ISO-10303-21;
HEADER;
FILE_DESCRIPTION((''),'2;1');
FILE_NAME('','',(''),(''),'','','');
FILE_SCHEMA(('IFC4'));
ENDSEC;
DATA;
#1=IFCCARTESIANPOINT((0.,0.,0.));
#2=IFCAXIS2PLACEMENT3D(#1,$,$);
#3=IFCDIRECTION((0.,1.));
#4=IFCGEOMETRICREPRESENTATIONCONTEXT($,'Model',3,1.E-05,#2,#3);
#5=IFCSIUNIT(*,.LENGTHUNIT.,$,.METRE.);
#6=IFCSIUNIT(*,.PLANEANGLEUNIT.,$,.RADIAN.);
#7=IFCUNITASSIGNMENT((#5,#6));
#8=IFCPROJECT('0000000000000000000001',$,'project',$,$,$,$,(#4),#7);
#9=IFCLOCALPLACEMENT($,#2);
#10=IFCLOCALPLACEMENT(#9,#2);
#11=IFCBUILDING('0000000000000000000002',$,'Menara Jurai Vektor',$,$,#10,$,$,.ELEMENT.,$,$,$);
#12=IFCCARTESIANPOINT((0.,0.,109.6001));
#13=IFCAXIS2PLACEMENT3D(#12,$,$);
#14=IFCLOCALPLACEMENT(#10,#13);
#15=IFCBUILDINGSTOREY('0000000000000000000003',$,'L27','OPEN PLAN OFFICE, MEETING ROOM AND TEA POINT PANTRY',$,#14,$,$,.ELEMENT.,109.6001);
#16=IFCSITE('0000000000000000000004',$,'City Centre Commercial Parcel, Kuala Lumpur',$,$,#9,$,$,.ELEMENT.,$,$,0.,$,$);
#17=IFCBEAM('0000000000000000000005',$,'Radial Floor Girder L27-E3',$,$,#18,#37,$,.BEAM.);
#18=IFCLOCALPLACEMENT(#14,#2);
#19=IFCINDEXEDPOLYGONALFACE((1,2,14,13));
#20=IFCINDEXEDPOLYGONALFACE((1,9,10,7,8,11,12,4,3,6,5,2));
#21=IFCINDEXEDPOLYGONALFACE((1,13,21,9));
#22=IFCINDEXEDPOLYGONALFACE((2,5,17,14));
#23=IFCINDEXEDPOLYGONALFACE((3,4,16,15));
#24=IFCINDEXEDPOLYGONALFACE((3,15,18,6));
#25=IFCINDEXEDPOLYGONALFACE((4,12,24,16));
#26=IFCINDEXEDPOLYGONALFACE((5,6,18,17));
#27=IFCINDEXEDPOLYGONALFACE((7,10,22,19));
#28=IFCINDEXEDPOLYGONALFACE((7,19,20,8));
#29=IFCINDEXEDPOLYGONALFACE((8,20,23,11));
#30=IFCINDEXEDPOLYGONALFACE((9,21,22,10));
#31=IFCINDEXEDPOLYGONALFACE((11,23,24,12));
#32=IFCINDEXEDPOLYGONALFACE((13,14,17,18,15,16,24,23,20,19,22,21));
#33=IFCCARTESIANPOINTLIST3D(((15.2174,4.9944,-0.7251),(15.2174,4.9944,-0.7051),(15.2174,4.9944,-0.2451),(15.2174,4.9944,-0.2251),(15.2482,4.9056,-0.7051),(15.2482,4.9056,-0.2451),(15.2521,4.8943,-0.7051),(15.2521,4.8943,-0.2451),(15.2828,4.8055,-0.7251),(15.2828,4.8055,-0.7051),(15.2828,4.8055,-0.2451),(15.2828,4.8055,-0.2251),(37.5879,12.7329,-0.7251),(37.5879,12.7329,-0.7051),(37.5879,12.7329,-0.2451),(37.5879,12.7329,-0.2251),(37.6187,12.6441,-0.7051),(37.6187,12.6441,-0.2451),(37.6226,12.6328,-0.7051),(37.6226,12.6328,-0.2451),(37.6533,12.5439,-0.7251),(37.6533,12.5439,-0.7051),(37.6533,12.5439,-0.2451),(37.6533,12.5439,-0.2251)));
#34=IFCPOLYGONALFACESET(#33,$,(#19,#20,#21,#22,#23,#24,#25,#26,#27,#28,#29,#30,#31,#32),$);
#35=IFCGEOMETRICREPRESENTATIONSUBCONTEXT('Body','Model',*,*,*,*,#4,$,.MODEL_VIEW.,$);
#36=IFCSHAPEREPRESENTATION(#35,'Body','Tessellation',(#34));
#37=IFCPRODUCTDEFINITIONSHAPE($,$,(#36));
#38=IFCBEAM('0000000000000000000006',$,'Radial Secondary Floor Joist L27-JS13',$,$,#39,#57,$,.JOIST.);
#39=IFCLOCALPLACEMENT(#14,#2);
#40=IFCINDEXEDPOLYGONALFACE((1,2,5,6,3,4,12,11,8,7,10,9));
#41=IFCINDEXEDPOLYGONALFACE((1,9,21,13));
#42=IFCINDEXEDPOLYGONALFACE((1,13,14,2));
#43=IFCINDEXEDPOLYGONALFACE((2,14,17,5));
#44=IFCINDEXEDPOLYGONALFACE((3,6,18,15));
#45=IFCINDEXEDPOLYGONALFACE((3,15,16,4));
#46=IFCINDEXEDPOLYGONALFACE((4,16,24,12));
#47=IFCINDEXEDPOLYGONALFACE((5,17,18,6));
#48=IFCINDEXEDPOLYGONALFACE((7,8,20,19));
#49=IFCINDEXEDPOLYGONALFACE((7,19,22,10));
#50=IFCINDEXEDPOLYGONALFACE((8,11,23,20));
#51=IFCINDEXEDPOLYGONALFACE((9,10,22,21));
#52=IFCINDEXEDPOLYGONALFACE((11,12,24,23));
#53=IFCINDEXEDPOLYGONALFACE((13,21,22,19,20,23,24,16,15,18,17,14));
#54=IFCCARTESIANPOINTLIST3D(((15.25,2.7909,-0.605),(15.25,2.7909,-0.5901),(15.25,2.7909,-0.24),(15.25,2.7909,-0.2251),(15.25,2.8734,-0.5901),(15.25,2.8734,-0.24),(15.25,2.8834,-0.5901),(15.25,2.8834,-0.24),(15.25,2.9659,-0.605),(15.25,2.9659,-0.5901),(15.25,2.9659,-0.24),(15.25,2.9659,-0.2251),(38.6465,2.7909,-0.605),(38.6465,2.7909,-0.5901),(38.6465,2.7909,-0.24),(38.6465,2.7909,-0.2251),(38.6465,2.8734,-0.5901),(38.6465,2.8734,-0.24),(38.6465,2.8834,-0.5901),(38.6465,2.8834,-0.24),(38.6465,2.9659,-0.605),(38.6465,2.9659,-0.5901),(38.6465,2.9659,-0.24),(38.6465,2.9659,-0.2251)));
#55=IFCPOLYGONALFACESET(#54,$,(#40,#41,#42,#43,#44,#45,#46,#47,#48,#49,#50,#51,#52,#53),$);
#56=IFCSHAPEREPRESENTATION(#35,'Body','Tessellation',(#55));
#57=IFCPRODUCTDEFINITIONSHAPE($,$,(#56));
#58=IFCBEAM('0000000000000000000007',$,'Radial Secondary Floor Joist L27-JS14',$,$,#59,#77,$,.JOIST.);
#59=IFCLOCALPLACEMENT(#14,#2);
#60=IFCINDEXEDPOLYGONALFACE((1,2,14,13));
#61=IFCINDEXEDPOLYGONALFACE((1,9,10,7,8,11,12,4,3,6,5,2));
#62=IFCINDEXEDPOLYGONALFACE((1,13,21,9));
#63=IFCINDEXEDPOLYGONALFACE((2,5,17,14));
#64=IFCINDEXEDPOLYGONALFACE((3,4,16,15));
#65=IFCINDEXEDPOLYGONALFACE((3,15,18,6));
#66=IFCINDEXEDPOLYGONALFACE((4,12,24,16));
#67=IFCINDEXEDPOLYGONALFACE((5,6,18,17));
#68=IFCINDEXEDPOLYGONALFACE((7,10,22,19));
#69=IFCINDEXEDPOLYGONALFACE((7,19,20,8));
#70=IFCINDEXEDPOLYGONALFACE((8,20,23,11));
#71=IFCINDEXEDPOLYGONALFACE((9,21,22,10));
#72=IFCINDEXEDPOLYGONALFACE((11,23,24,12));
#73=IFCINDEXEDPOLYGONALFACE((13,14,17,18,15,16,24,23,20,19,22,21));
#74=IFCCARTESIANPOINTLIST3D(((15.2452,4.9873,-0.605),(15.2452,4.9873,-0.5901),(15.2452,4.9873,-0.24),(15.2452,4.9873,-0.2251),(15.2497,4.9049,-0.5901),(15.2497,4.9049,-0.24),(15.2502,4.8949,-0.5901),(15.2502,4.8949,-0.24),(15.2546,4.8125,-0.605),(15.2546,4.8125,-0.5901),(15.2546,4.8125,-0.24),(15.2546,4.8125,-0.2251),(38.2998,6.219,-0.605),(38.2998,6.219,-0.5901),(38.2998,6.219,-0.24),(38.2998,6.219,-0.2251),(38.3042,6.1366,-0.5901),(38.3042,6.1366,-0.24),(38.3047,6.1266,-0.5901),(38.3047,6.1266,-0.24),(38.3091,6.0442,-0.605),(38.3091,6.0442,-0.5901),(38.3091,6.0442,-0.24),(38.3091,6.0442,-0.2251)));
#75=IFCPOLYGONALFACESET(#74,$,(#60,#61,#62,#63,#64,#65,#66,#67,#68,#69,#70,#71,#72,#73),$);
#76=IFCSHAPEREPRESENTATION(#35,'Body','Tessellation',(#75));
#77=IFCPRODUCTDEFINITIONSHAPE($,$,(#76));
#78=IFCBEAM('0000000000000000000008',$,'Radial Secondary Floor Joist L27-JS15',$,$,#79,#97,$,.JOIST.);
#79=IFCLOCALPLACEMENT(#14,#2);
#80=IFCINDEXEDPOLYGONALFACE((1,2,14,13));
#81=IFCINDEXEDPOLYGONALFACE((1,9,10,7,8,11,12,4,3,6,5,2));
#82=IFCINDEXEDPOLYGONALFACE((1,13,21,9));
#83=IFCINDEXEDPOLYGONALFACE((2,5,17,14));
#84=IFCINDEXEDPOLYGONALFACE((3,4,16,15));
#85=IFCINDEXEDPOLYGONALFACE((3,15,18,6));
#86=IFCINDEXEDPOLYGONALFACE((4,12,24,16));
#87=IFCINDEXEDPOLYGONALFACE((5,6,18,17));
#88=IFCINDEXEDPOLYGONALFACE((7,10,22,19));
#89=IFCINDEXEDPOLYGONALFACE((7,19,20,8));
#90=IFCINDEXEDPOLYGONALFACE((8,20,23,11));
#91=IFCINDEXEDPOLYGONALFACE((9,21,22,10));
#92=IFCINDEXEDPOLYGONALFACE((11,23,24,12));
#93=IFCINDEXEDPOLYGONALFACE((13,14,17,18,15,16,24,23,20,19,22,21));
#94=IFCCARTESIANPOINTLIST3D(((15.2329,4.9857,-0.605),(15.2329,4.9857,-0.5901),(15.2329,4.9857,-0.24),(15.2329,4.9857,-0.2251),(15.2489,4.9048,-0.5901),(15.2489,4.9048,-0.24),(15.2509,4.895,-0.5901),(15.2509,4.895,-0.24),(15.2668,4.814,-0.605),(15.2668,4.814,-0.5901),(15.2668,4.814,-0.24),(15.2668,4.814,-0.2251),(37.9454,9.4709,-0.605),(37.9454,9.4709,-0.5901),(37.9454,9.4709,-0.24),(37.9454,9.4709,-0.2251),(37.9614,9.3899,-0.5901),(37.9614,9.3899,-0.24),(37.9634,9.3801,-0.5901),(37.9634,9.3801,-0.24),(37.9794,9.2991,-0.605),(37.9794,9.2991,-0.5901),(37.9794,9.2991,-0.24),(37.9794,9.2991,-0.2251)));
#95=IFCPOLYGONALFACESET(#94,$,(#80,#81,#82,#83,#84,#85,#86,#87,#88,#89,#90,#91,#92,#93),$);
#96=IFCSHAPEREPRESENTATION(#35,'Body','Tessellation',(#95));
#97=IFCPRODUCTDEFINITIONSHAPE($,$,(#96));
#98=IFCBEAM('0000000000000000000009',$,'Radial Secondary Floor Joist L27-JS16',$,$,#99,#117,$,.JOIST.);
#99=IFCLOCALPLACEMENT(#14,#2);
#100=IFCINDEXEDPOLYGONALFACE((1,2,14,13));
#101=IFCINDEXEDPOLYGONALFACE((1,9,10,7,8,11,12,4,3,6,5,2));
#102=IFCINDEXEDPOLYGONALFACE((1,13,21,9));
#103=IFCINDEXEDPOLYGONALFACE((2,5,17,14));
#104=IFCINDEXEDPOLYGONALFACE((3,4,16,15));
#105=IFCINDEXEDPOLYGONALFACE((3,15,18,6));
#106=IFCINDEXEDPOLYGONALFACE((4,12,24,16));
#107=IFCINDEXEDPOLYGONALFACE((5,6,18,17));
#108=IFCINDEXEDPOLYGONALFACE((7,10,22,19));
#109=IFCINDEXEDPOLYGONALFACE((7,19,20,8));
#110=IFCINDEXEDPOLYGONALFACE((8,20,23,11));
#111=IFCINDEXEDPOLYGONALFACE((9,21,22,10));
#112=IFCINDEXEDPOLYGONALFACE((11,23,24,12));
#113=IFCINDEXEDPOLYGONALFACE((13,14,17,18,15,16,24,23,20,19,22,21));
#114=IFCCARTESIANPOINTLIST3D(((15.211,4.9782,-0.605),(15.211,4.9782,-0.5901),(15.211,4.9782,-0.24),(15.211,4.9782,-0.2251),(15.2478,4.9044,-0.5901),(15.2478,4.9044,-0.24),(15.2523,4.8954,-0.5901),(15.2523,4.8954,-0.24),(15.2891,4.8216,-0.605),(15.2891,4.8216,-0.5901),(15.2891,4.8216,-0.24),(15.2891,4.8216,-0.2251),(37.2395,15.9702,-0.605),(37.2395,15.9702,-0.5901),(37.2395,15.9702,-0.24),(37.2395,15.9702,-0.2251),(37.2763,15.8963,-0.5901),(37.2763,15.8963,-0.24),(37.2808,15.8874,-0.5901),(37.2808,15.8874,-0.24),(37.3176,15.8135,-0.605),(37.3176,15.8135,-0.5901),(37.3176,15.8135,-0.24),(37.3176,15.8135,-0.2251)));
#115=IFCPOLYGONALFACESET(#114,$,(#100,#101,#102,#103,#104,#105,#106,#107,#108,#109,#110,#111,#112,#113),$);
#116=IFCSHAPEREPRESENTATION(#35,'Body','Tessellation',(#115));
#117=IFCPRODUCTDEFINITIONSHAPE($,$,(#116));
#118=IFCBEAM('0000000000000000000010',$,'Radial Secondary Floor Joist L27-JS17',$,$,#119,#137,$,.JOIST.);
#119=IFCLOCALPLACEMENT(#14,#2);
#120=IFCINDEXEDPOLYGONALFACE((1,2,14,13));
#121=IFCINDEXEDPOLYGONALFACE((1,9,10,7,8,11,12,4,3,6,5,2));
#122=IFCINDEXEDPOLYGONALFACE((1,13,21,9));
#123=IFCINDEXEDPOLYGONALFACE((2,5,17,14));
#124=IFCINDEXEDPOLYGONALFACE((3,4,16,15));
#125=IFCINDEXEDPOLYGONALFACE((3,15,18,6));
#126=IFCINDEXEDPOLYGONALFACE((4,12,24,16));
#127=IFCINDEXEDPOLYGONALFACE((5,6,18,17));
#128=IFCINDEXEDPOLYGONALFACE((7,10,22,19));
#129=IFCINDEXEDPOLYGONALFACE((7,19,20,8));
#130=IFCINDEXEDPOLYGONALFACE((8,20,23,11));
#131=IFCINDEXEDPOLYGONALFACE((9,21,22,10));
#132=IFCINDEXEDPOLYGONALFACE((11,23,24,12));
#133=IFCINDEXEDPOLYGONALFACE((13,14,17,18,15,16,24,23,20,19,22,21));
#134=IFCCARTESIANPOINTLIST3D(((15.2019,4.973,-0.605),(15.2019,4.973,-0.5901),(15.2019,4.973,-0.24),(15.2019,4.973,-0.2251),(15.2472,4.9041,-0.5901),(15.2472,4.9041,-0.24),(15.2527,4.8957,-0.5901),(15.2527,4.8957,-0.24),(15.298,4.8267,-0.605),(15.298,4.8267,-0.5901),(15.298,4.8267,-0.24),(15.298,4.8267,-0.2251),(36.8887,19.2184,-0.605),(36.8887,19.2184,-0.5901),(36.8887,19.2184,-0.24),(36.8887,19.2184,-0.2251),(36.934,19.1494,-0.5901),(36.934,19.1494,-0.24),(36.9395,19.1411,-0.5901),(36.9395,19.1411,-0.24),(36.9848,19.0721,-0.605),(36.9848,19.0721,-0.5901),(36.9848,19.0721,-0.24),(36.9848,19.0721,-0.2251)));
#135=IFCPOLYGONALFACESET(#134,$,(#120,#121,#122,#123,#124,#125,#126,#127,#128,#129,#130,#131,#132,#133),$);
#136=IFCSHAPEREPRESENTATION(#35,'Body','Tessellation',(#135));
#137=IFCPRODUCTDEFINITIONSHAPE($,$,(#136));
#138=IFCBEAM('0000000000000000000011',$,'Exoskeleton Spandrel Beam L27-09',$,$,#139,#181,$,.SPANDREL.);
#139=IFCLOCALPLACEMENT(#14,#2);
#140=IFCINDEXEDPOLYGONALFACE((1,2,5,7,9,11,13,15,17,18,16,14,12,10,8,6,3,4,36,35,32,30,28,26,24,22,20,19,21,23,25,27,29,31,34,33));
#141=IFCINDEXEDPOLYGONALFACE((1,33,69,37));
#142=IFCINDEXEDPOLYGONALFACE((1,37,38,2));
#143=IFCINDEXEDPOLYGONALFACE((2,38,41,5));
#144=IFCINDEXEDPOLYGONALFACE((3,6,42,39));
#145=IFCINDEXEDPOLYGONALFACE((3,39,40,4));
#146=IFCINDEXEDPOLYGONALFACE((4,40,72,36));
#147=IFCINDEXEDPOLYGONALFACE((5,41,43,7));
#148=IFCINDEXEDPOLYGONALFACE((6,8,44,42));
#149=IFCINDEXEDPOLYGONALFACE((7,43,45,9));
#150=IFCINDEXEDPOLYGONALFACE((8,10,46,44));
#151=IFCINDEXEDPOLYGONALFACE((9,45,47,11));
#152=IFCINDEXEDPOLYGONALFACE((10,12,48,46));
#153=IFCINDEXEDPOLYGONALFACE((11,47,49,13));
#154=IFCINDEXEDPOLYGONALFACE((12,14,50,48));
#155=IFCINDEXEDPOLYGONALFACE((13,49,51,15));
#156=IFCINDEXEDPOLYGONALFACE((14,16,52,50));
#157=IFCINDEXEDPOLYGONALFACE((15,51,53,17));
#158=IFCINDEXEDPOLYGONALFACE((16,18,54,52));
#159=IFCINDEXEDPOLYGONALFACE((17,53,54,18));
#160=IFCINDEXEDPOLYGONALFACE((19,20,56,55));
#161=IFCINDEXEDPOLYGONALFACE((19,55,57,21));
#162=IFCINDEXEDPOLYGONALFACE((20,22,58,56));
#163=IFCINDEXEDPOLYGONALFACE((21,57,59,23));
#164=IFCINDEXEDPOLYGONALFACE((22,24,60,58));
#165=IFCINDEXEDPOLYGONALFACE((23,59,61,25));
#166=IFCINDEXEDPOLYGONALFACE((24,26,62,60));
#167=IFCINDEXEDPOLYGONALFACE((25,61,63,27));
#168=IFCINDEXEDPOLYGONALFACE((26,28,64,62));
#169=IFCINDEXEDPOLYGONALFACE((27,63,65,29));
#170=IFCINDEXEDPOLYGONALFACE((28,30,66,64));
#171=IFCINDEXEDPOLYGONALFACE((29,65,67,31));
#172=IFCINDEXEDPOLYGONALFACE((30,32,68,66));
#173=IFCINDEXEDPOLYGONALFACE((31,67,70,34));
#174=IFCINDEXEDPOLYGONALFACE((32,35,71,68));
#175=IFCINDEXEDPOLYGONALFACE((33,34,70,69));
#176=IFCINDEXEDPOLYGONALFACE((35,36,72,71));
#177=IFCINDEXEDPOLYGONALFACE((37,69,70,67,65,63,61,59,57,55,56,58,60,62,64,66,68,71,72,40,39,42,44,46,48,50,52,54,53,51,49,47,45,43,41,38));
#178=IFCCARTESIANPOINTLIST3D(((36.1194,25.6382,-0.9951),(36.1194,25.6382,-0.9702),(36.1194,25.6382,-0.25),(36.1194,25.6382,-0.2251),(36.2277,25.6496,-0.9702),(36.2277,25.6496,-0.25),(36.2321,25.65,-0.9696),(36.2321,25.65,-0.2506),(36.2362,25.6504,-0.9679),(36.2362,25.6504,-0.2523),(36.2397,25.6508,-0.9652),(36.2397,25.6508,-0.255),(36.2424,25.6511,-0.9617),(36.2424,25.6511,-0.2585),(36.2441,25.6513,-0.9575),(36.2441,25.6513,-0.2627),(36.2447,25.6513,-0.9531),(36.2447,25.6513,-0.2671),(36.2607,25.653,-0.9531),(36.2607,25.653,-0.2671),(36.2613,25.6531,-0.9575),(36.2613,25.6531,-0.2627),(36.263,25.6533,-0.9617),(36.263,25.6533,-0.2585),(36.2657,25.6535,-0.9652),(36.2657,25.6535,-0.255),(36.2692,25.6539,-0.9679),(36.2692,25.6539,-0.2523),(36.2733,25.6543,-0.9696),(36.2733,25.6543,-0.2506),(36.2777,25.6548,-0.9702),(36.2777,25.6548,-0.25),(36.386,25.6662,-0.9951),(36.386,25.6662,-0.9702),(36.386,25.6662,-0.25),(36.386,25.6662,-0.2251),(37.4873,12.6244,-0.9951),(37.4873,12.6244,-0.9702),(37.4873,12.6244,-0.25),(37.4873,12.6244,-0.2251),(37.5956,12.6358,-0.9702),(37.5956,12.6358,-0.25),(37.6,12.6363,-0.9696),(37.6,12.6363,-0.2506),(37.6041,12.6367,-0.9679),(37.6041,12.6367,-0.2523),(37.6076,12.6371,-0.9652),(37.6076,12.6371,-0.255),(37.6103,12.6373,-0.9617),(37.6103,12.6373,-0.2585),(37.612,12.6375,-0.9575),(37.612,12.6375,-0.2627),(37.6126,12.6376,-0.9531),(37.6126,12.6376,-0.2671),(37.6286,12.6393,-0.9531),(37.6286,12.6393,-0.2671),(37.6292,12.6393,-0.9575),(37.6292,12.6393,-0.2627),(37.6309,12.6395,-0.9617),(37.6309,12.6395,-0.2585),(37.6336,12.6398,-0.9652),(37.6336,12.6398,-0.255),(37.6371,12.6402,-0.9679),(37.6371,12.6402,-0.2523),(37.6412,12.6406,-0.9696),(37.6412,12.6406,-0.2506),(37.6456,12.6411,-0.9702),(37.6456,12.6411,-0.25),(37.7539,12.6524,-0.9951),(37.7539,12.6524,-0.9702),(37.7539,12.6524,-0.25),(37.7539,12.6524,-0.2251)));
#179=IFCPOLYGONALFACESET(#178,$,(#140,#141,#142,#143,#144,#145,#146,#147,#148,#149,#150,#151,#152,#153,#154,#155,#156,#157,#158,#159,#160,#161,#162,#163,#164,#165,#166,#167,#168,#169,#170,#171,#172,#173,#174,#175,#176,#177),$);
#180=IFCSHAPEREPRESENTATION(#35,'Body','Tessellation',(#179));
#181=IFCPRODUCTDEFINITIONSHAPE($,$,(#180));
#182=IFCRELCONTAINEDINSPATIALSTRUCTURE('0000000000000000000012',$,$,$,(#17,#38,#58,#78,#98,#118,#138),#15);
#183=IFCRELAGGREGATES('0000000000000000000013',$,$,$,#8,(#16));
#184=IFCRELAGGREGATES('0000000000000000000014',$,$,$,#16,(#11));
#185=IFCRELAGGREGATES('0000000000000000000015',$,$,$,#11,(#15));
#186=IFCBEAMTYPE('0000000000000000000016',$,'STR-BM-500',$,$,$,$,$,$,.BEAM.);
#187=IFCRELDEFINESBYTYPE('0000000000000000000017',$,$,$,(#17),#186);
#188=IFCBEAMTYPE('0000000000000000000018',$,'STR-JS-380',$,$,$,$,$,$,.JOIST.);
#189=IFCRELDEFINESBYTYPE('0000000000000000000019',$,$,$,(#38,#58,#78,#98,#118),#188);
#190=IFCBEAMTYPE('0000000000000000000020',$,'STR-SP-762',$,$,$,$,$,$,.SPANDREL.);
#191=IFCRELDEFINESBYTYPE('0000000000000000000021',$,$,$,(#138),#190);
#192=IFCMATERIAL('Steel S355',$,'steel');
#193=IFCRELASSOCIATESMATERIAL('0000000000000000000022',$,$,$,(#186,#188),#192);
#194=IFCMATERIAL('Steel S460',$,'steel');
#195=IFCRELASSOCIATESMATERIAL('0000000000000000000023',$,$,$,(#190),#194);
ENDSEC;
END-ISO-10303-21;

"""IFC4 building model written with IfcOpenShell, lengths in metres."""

from ifc_helpers import new_model, si_unit, direction, frame, origin, origin_2d, place, context, subcontext, project, spatial, i_section, extrude, material, material_profile, profile_set, type_object, element, save


model = new_model("IFC4")

# Units and contexts
model_context = context("Model", 3, precision=1e-05, world=origin(), true_north=direction((0.0, 1.0)))
body_context = subcontext(model_context, "Body", "Model", "MODEL_VIEW")
ifc_project = project(units=[si_unit("LENGTHUNIT", "METRE"), si_unit("PLANEANGLEUNIT", "RADIAN")], contexts=[model_context])

# Site, building, storey
site_placement = place(None, origin())
site = spatial("IfcSite", under=ifc_project, at=site_placement, Name="City Centre Commercial Parcel, Kuala Lumpur", CompositionType="ELEMENT", RefElevation=0.0)
building_placement = place(site_placement, origin())
building = spatial("IfcBuilding", under=site, at=building_placement, Name="Menara Jurai Vektor", CompositionType="ELEMENT")
storey_placement = place(building_placement, frame((0.0, 0.0, 109.6001)))
storey = spatial("IfcBuildingStorey", under=building, at=storey_placement, Name="L27", Description="OPEN PLAN OFFICE, MEETING ROOM AND TEA POINT PANTRY", CompositionType="ELEMENT", Elevation=109.6001)

# Shared definitions
ifc_material_1 = material(Name="Steel S460", Category="steel")

# Beams
ifc_material_2 = material(Name="Steel S355", Category="steel")
ifc_material_profile_1 = material_profile(ifc_material_2, i_section(OverallWidth=0.2, OverallDepth=0.5, WebThickness=0.012, FlangeThickness=0.02, at=origin_2d()), Name="PG 500x200x96")
ifc_profile_set_1 = profile_set([ifc_material_profile_1], Name="Steel S355")
beam_type_1 = type_object("IfcBeamType", Name="STR-BM-500", PredefinedType="BEAM", material=ifc_profile_set_1)
beam_1_placement = place(storey_placement, frame((37.6206, 12.6384, -0.4751), z_axis=(-0.945053, -0.326916, 0.0), x_axis=(0.326916, -0.945053, 0.0)))
element("IfcBeam", 1, at=beam_1_placement, inside=storey, type_object=beam_type_1, Name="Radial Floor Girder L27-E3", PredefinedType="BEAM", context=body_context, shape_type="SweptSolid", body=[
    extrude(i_section(OverallWidth=0.2, OverallDepth=0.5, WebThickness=0.012, FlangeThickness=0.02, at=origin_2d()), origin(), (0.0, 0.0, 1.0), 23.6711),
])
ifc_material_profile_2 = material_profile(ifc_material_2, i_section(OverallWidth=0.175, OverallDepth=0.3799, WebThickness=0.01, FlangeThickness=0.0149, at=origin_2d()), Name="PG 380x175x58")
ifc_profile_set_2 = profile_set([ifc_material_profile_2], Name="Steel S355")
beam_type_2 = type_object("IfcBeamType", Name="STR-JS-380", PredefinedType="JOIST", material=ifc_profile_set_2)
beam_2_placement = place(storey_placement, frame((38.6465, 2.8784, -0.415), z_axis=(-1.0, 0.0, 0.0), x_axis=(0.0, -1.0, 0.0)))
element("IfcBeam", 2, at=beam_2_placement, inside=storey, type_object=beam_type_2, Name="Radial Secondary Floor Joist L27-JS13", PredefinedType="JOIST", context=body_context, shape_type="SweptSolid", body=[
    extrude(i_section(OverallWidth=0.175, OverallDepth=0.3799, WebThickness=0.01, FlangeThickness=0.0149, at=origin_2d()), origin(), (0.0, 0.0, 1.0), 23.3965),
])
beam_3_placement = place(storey_placement, frame((38.3044, 6.1316, -0.415), z_axis=(-0.998576, -0.053349, 0.0), x_axis=(0.053349, -0.998576, 0.0)))
element("IfcBeam", 3, at=beam_3_placement, inside=storey, type_object=beam_type_2, Name="Radial Secondary Floor Joist L27-JS14", PredefinedType="JOIST", context=body_context, shape_type="SweptSolid", body=[
    extrude(i_section(OverallWidth=0.175, OverallDepth=0.3799, WebThickness=0.01, FlangeThickness=0.0149, at=origin_2d()), origin(), (0.0, 0.0, 1.0), 23.0874),
])
beam_4_placement = place(storey_placement, frame((37.9624, 9.385, -0.415), z_axis=(-0.981054, -0.193733, 0.0), x_axis=(0.193733, -0.981054, 0.0)))
element("IfcBeam", 4, at=beam_4_placement, inside=storey, type_object=beam_type_2, Name="Radial Secondary Floor Joist L27-JS15", PredefinedType="JOIST", context=body_context, shape_type="SweptSolid", body=[
    extrude(i_section(OverallWidth=0.175, OverallDepth=0.3799, WebThickness=0.01, FlangeThickness=0.0149, at=origin_2d()), origin(), (0.0, 0.0, 1.0), 23.1511),
])
beam_5_placement = place(storey_placement, frame((37.2786, 15.8918, -0.415), z_axis=(-0.89479, -0.446488, 0.0), x_axis=(0.446488, -0.89479, 0.0)))
element("IfcBeam", 5, at=beam_5_placement, inside=storey, type_object=beam_type_2, Name="Radial Secondary Floor Joist L27-JS16", PredefinedType="JOIST", context=body_context, shape_type="SweptSolid", body=[
    extrude(i_section(OverallWidth=0.175, OverallDepth=0.3799, WebThickness=0.01, FlangeThickness=0.0149, at=origin_2d()), origin(), (0.0, 0.0, 1.0), 24.6187),
])
beam_6_placement = place(storey_placement, frame((36.9368, 19.1453, -0.415), z_axis=(-0.835811, -0.549018, 0.0), x_axis=(0.549018, -0.835811, 0.0)))
element("IfcBeam", 6, at=beam_6_placement, inside=storey, type_object=beam_type_2, Name="Radial Secondary Floor Joist L27-JS17", PredefinedType="JOIST", context=body_context, shape_type="SweptSolid", body=[
    extrude(i_section(OverallWidth=0.175, OverallDepth=0.3799, WebThickness=0.01, FlangeThickness=0.0149, at=origin_2d()), origin(), (0.0, 0.0, 1.0), 25.947),
])
ifc_material_profile_3 = material_profile(ifc_material_1, i_section(OverallWidth=0.2681, OverallDepth=0.77, WebThickness=0.0161, FlangeThickness=0.0249, FilletRadius=0.0171, at=origin_2d()), Name="UKB 762x267x197")
ifc_profile_set_3 = profile_set([ifc_material_profile_3], Name="Steel S460")
beam_type_3 = type_object("IfcBeamType", Name="STR-SP-762", PredefinedType="SPANDREL", material=ifc_profile_set_3)
beam_7_placement = place(storey_placement, frame((37.6206, 12.6384, -0.6101), z_axis=(-0.104538, 0.994521, 0.0), x_axis=(-0.994521, -0.104538, 0.0)))
element("IfcBeam", 7, at=beam_7_placement, inside=storey, type_object=beam_type_3, Name="Exoskeleton Spandrel Beam L27-09", PredefinedType="SPANDREL", context=body_context, shape_type="SweptSolid", body=[
    extrude(i_section(OverallWidth=0.2681, OverallDepth=0.77, WebThickness=0.0161, FlangeThickness=0.0249, FilletRadius=0.0171, at=origin_2d()), origin(), (0.0, 0.0, 1.0), 13.0854),
])

save(model, "model.ifc")
